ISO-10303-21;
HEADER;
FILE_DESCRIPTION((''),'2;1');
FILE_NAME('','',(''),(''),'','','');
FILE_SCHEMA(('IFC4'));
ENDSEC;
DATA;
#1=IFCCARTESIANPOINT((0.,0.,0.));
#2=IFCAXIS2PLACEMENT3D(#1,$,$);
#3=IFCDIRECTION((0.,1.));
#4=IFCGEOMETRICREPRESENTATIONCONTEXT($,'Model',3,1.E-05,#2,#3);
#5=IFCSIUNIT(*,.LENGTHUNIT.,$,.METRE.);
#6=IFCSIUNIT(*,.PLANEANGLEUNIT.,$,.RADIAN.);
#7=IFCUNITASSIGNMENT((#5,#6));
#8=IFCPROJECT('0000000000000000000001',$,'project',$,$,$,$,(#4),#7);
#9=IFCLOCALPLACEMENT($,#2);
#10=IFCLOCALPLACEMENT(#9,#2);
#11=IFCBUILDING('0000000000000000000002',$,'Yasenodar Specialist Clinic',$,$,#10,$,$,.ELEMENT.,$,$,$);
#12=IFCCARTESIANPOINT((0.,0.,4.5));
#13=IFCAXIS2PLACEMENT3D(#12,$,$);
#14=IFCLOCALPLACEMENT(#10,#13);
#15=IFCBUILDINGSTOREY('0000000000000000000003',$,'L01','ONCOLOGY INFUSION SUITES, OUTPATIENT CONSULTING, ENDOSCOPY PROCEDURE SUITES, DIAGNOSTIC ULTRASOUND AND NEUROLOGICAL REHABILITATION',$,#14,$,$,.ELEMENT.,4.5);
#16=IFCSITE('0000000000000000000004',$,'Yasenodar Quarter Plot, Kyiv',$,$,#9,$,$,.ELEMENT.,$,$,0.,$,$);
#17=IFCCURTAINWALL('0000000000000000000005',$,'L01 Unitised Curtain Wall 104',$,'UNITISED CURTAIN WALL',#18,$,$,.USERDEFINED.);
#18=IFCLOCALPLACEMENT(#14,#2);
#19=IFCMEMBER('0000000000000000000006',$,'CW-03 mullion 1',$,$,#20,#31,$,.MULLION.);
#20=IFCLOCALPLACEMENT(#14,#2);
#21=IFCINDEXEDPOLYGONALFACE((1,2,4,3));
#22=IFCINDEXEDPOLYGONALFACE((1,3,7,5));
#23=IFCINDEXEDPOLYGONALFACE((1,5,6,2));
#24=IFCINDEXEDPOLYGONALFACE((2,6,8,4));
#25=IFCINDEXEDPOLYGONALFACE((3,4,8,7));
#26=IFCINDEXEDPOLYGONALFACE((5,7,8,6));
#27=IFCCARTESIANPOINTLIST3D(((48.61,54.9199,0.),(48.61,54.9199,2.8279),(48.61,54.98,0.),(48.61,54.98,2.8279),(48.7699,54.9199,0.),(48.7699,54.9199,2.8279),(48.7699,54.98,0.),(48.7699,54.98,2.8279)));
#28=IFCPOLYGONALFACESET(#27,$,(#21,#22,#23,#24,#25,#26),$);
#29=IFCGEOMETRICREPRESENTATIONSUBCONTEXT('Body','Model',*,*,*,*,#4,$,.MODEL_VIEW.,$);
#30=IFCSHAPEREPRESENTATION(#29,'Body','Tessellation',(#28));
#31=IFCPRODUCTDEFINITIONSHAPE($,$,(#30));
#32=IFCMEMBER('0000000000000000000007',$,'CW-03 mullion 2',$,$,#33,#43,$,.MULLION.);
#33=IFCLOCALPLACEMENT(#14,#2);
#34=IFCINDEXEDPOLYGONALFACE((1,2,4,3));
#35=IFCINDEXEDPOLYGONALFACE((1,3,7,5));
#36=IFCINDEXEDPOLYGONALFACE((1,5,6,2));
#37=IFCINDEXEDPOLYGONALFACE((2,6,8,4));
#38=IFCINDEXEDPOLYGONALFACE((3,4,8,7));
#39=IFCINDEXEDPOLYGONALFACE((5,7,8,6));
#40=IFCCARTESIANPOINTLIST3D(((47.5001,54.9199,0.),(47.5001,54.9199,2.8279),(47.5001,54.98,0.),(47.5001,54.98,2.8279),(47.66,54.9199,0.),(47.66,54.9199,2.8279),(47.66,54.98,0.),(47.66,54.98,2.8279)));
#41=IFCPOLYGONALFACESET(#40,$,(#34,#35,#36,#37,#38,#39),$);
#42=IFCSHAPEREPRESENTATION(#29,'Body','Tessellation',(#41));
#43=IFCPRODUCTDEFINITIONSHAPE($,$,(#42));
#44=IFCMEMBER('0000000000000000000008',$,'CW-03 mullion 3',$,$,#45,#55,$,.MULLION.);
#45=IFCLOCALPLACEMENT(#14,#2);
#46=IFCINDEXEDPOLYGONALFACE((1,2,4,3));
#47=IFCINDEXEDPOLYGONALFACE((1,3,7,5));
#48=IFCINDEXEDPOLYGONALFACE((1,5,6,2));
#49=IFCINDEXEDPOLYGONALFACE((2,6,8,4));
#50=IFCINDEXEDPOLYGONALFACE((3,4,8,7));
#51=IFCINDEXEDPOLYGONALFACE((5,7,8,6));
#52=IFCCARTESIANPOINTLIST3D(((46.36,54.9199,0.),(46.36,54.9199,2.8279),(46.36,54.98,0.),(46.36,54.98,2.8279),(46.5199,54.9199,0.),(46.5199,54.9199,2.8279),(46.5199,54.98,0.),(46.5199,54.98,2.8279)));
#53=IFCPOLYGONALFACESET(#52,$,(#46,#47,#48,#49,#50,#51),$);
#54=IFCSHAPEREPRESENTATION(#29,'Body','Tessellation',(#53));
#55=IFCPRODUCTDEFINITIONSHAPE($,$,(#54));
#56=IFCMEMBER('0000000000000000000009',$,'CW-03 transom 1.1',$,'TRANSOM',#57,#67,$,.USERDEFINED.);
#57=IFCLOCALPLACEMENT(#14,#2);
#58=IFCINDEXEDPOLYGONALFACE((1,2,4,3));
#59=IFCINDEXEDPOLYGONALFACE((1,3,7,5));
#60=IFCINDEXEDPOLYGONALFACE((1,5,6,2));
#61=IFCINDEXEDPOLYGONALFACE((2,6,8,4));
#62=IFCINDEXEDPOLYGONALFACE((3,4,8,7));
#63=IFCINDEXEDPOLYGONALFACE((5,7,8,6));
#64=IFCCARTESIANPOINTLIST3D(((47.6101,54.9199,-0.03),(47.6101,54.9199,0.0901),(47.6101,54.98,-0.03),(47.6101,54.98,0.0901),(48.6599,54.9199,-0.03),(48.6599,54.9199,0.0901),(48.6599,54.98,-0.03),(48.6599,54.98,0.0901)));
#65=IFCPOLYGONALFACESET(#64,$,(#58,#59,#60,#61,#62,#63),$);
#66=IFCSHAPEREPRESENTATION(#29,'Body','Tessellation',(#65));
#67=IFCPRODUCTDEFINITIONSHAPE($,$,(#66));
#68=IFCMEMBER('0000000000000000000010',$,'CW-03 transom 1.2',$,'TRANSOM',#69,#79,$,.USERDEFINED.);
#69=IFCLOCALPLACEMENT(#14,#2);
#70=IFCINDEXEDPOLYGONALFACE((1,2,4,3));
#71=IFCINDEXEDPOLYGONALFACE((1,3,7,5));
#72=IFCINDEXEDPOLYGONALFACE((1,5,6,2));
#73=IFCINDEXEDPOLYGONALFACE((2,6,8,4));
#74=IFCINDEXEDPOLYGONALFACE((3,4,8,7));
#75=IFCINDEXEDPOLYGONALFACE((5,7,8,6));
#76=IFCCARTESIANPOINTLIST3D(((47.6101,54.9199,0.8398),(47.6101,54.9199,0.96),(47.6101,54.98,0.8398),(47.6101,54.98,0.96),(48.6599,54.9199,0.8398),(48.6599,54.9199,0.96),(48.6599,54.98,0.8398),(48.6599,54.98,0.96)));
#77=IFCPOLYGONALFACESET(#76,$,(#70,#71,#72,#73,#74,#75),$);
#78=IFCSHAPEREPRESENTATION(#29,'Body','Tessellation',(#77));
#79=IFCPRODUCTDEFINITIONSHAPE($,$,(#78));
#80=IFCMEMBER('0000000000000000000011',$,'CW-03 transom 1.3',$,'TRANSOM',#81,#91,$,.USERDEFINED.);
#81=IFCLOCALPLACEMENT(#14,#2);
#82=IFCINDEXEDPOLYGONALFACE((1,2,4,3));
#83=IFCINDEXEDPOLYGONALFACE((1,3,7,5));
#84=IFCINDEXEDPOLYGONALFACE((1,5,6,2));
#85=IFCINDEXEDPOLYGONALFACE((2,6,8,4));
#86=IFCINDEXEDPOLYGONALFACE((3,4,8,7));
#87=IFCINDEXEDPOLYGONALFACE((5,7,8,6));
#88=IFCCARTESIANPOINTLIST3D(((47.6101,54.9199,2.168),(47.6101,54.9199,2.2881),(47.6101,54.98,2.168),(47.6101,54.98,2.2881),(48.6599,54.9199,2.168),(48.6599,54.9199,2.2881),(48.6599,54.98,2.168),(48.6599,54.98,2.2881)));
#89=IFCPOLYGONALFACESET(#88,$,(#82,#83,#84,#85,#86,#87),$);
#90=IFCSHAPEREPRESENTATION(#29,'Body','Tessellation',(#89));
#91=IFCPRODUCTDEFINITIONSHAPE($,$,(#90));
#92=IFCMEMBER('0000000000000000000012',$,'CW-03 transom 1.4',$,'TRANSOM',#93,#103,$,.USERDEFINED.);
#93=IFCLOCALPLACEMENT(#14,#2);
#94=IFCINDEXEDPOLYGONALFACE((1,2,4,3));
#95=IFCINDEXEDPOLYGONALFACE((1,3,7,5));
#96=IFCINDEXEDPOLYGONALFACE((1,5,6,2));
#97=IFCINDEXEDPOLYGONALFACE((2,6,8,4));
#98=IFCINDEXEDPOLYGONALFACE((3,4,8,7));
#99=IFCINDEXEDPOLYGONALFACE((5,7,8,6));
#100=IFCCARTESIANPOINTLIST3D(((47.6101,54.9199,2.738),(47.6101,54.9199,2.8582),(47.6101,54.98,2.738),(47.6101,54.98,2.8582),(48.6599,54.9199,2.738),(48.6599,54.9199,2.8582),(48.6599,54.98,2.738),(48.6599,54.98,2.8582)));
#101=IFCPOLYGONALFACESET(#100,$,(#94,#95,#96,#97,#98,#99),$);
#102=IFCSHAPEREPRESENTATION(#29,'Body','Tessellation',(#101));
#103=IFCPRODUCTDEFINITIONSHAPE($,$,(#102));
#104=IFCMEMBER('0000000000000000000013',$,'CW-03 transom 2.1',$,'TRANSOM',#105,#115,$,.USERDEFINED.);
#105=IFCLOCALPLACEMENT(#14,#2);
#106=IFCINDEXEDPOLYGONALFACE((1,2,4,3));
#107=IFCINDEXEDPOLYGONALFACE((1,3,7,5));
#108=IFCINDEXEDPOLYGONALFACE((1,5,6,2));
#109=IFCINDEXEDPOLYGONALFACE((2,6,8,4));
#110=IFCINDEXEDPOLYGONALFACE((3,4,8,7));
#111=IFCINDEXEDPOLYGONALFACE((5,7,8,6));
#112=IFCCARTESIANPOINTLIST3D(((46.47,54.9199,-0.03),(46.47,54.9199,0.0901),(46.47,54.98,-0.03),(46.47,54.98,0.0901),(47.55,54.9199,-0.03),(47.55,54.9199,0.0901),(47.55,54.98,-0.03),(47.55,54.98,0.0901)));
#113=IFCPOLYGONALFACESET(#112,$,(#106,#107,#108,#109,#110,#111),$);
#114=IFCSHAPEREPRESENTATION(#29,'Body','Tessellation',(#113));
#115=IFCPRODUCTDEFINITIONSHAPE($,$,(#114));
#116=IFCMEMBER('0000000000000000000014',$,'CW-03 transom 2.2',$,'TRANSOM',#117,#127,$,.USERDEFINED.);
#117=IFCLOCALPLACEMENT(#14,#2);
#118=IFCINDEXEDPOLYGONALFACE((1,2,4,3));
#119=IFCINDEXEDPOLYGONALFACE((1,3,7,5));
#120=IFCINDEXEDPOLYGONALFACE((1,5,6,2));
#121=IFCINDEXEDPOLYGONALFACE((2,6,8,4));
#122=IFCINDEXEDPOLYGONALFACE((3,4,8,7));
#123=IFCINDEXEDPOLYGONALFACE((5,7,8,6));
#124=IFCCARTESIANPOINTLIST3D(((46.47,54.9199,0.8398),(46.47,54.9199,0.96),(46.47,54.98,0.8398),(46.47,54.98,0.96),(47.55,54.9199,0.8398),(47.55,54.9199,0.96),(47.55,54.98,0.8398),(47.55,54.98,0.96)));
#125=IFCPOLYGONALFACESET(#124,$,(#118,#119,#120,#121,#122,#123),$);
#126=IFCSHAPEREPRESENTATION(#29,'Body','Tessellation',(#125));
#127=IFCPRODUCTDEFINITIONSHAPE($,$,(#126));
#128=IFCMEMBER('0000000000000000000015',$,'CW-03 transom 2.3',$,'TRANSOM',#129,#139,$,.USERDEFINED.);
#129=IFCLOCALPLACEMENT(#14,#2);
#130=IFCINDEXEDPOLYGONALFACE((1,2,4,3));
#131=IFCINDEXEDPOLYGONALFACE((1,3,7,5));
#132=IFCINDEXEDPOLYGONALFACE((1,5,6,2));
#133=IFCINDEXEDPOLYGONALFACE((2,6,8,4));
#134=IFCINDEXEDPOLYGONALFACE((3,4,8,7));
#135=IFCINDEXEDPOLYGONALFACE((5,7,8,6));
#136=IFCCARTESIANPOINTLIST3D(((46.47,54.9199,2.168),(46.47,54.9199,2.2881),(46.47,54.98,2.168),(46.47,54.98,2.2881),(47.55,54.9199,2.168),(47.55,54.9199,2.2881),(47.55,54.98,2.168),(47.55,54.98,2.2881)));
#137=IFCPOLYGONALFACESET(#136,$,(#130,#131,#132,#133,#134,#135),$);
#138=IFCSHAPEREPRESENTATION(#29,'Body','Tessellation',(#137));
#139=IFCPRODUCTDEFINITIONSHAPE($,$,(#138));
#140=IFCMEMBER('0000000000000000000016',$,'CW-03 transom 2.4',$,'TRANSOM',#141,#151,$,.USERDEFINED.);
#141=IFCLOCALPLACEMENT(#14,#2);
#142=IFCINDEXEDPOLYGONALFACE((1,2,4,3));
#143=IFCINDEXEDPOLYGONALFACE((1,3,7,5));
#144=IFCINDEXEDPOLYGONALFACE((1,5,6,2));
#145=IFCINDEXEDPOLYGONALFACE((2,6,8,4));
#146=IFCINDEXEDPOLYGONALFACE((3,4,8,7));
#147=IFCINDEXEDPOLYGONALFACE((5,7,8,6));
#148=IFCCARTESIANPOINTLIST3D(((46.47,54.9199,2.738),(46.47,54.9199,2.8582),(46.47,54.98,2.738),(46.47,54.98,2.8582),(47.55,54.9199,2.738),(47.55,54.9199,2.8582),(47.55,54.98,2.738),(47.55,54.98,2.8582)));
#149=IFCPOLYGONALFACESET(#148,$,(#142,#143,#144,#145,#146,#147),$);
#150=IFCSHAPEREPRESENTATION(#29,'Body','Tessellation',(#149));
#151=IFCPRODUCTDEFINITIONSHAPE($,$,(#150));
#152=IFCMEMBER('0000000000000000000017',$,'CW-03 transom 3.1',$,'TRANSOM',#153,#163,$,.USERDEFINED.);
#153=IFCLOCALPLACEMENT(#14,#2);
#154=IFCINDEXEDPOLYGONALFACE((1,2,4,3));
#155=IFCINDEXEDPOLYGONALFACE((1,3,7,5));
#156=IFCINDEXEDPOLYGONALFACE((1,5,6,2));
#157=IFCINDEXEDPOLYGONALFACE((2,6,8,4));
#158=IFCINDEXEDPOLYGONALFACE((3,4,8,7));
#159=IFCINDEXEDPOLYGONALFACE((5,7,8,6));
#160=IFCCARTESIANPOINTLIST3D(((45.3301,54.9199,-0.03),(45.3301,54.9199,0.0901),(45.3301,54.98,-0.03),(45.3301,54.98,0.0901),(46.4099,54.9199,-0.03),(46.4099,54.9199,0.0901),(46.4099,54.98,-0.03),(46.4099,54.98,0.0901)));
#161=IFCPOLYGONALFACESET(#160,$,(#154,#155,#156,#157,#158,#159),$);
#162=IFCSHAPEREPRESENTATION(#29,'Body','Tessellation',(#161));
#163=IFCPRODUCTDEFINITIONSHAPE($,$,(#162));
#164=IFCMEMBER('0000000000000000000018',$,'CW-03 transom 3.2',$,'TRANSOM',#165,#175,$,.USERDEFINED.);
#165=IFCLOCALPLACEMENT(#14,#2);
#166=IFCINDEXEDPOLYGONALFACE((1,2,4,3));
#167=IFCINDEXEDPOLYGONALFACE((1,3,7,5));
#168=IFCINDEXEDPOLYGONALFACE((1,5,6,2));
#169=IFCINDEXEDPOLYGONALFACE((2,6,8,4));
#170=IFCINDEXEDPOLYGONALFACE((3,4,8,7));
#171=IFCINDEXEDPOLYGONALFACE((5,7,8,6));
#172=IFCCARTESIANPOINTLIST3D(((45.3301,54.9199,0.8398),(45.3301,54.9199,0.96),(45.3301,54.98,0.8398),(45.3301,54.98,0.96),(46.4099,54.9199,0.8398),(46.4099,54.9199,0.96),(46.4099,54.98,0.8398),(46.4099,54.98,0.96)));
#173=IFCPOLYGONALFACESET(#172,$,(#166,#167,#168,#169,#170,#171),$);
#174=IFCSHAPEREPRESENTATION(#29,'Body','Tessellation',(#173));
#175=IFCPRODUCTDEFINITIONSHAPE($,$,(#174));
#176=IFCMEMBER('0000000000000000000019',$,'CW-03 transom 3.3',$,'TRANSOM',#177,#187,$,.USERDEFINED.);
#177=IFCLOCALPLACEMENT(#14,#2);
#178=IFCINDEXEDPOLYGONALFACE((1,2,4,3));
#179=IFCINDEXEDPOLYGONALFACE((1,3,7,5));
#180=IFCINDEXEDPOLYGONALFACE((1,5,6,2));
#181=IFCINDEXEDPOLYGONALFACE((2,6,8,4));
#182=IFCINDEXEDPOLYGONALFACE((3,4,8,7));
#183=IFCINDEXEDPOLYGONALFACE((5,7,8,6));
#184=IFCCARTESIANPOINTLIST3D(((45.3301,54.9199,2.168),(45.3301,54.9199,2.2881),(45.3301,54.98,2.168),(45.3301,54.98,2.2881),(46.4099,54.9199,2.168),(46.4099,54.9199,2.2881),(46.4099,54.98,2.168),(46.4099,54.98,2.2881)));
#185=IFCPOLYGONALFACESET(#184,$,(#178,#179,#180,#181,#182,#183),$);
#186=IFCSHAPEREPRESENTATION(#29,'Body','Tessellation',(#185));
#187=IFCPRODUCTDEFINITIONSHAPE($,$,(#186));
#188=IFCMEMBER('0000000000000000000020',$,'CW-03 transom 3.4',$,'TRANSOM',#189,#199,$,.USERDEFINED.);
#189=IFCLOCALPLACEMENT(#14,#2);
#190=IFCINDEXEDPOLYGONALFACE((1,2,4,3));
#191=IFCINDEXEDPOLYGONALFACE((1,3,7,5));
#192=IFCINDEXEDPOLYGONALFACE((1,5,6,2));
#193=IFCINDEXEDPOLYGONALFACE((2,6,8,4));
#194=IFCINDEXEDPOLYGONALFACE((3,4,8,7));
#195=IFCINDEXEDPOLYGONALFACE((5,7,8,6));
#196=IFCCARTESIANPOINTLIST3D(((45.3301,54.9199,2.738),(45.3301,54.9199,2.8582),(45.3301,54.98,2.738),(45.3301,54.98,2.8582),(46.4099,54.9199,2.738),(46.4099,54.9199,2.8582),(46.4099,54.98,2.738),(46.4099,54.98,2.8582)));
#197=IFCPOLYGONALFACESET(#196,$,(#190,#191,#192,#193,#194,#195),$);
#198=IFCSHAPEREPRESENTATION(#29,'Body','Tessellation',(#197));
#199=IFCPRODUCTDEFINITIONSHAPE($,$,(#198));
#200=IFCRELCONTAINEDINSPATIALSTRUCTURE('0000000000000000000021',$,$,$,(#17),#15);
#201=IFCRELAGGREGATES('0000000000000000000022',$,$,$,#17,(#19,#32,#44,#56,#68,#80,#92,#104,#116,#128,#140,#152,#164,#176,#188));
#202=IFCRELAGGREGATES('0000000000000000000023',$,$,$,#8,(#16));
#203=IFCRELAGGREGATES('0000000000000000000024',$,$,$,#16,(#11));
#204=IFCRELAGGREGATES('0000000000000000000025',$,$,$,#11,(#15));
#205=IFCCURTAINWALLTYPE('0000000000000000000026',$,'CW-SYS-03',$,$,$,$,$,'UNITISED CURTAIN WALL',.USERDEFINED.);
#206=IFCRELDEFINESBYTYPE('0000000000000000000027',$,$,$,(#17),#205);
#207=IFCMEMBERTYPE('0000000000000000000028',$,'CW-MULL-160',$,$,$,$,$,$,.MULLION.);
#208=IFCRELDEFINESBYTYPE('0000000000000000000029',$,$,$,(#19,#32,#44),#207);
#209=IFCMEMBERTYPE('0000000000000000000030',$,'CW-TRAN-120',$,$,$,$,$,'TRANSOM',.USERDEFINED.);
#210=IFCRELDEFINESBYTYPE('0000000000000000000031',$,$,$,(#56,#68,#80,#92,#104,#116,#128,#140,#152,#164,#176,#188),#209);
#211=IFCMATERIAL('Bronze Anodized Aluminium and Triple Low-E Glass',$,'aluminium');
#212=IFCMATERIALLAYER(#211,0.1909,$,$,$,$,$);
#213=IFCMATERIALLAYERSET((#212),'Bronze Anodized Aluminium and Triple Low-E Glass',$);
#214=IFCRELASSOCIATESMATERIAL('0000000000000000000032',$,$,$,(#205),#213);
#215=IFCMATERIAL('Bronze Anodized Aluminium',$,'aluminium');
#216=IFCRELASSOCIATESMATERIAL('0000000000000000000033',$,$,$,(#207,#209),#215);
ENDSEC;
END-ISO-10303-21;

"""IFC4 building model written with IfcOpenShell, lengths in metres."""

from ifc_helpers import new_model, si_unit, direction, frame, origin, origin_2d, place, context, subcontext, project, spatial, rectangle, extrude, material, layer, layer_set, material_profile, profile_set, type_object, element, aggregate, save


model = new_model("IFC4")

# Units and contexts
model_context = context("Model", 3, precision=1e-05, world=origin(), true_north=direction((0.0, 1.0)))
body_context = subcontext(model_context, "Body", "Model", "MODEL_VIEW")
ifc_project = project(units=[si_unit("LENGTHUNIT", "METRE"), si_unit("PLANEANGLEUNIT", "RADIAN")], contexts=[model_context])

# Site, building, storey
site_placement = place(None, origin())
site = spatial("IfcSite", under=ifc_project, at=site_placement, Name="Yasenodar Quarter Plot, Kyiv", CompositionType="ELEMENT", RefElevation=0.0)
building_placement = place(site_placement, origin())
building = spatial("IfcBuilding", under=site, at=building_placement, Name="Yasenodar Specialist Clinic", CompositionType="ELEMENT")
storey_placement = place(building_placement, frame((0.0, 0.0, 4.5)))
storey = spatial("IfcBuildingStorey", under=building, at=storey_placement, Name="L01", Description="ONCOLOGY INFUSION SUITES, OUTPATIENT CONSULTING, ENDOSCOPY PROCEDURE SUITES, DIAGNOSTIC ULTRASOUND AND NEUROLOGICAL REHABILITATION", CompositionType="ELEMENT", Elevation=4.5)

# Curtain wall, members
ifc_material_1 = material(Name="Bronze Anodized Aluminium and Triple Low-E Glass", Category="aluminium")
ifc_layer_1 = layer(ifc_material_1, 0.1909)
ifc_layer_set_1 = layer_set([ifc_layer_1], Name="Bronze Anodized Aluminium and Triple Low-E Glass")
curtain_wall_type = type_object("IfcCurtainWallType", Name="CW-SYS-03", ElementType="UNITISED CURTAIN WALL", PredefinedType="USERDEFINED", material=ifc_layer_set_1)
curtain_wall_placement = place(storey_placement, origin())
curtain_wall = element("IfcCurtainWall", 1, at=curtain_wall_placement, inside=storey, type_object=curtain_wall_type, Name="L01 Unitised Curtain Wall 104", ObjectType="UNITISED CURTAIN WALL", PredefinedType="USERDEFINED")
ifc_material_2 = material(Name="Bronze Anodized Aluminium", Category="aluminium")
ifc_material_profile_1 = material_profile(ifc_material_2, rectangle(XDim=0.0601, YDim=0.1599, at=origin_2d()), Name="CW-MULL 60x160")
ifc_profile_set_1 = profile_set([ifc_material_profile_1], Name="Bronze Anodized Aluminium")
member_type_1 = type_object("IfcMemberType", Name="CW-MULL-160", PredefinedType="MULLION", material=ifc_profile_set_1)
member_1_placement = place(storey_placement, frame((48.6899, 54.95, 0.0), z_axis=(0.0, 0.0, 1.0), x_axis=(0.0, -1.0, 0.0)))
member_1 = element("IfcMember", 2, at=member_1_placement, type_object=member_type_1, Name="CW-03 mullion 1", PredefinedType="MULLION", context=body_context, shape_type="SweptSolid", body=[
    extrude(rectangle(XDim=0.0601, YDim=0.1599, at=origin_2d()), origin(), (0.0, 0.0, 1.0), 2.8279),
])
member_2_placement = place(storey_placement, frame((47.5801, 54.95, 0.0), z_axis=(0.0, 0.0, 1.0), x_axis=(0.0, -1.0, 0.0)))
member_2 = element("IfcMember", 3, at=member_2_placement, type_object=member_type_1, Name="CW-03 mullion 2", PredefinedType="MULLION", context=body_context, shape_type="SweptSolid", body=[
    extrude(rectangle(XDim=0.0601, YDim=0.1599, at=origin_2d()), origin(), (0.0, 0.0, 1.0), 2.8279),
])
member_3_placement = place(storey_placement, frame((46.4399, 54.95, 0.0), z_axis=(0.0, 0.0, 1.0), x_axis=(0.0, -1.0, 0.0)))
member_3 = element("IfcMember", 4, at=member_3_placement, type_object=member_type_1, Name="CW-03 mullion 3", PredefinedType="MULLION", context=body_context, shape_type="SweptSolid", body=[
    extrude(rectangle(XDim=0.0601, YDim=0.1599, at=origin_2d()), origin(), (0.0, 0.0, 1.0), 2.8279),
])
ifc_material_profile_2 = material_profile(ifc_material_2, rectangle(XDim=0.0601, YDim=0.1201, at=origin_2d()), Name="CW-TRAN 60x120")
ifc_profile_set_2 = profile_set([ifc_material_profile_2], Name="Bronze Anodized Aluminium")
member_type_2 = type_object("IfcMemberType", Name="CW-TRAN-120", ElementType="TRANSOM", PredefinedType="USERDEFINED", material=ifc_profile_set_2)
member_4_placement = place(storey_placement, frame((48.6599, 54.95, 0.03), z_axis=(-1.0, 0.0, 0.0), x_axis=(0.0, -1.0, 0.0)))
member_4 = element("IfcMember", 5, at=member_4_placement, type_object=member_type_2, Name="CW-03 transom 1.1", ObjectType="TRANSOM", PredefinedType="USERDEFINED", context=body_context, shape_type="SweptSolid", body=[
    extrude(rectangle(XDim=0.0601, YDim=0.1201, at=origin_2d()), origin(), (0.0, 0.0, 1.0), 1.0498),
])
member_5_placement = place(storey_placement, frame((48.6599, 54.95, 0.8999), z_axis=(-1.0, 0.0, 0.0), x_axis=(0.0, -1.0, 0.0)))
member_5 = element("IfcMember", 6, at=member_5_placement, type_object=member_type_2, Name="CW-03 transom 1.2", ObjectType="TRANSOM", PredefinedType="USERDEFINED", context=body_context, shape_type="SweptSolid", body=[
    extrude(rectangle(XDim=0.0601, YDim=0.1201, at=origin_2d()), origin(), (0.0, 0.0, 1.0), 1.0498),
])
member_6_placement = place(storey_placement, frame((48.6599, 54.95, 2.228), z_axis=(-1.0, 0.0, 0.0), x_axis=(0.0, -1.0, 0.0)))
member_6 = element("IfcMember", 7, at=member_6_placement, type_object=member_type_2, Name="CW-03 transom 1.3", ObjectType="TRANSOM", PredefinedType="USERDEFINED", context=body_context, shape_type="SweptSolid", body=[
    extrude(rectangle(XDim=0.0601, YDim=0.1201, at=origin_2d()), origin(), (0.0, 0.0, 1.0), 1.0498),
])
member_7_placement = place(storey_placement, frame((48.6599, 54.95, 2.7981), z_axis=(-1.0, 0.0, 0.0), x_axis=(0.0, -1.0, 0.0)))
member_7 = element("IfcMember", 8, at=member_7_placement, type_object=member_type_2, Name="CW-03 transom 1.4", ObjectType="TRANSOM", PredefinedType="USERDEFINED", context=body_context, shape_type="SweptSolid", body=[
    extrude(rectangle(XDim=0.0601, YDim=0.1201, at=origin_2d()), origin(), (0.0, 0.0, 1.0), 1.0498),
])
member_8_placement = place(storey_placement, frame((47.55, 54.95, 0.03), z_axis=(-1.0, 0.0, 0.0), x_axis=(0.0, -1.0, 0.0)))
member_8 = element("IfcMember", 9, at=member_8_placement, type_object=member_type_2, Name="CW-03 transom 2.1", ObjectType="TRANSOM", PredefinedType="USERDEFINED", context=body_context, shape_type="SweptSolid", body=[
    extrude(rectangle(XDim=0.0601, YDim=0.1201, at=origin_2d()), origin(), (0.0, 0.0, 1.0), 1.0801),
])
member_9_placement = place(storey_placement, frame((47.55, 54.95, 0.8999), z_axis=(-1.0, 0.0, 0.0), x_axis=(0.0, -1.0, 0.0)))
member_9 = element("IfcMember", 10, at=member_9_placement, type_object=member_type_2, Name="CW-03 transom 2.2", ObjectType="TRANSOM", PredefinedType="USERDEFINED", context=body_context, shape_type="SweptSolid", body=[
    extrude(rectangle(XDim=0.0601, YDim=0.1201, at=origin_2d()), origin(), (0.0, 0.0, 1.0), 1.0801),
])
member_10_placement = place(storey_placement, frame((47.55, 54.95, 2.228), z_axis=(-1.0, 0.0, 0.0), x_axis=(0.0, -1.0, 0.0)))
member_10 = element("IfcMember", 11, at=member_10_placement, type_object=member_type_2, Name="CW-03 transom 2.3", ObjectType="TRANSOM", PredefinedType="USERDEFINED", context=body_context, shape_type="SweptSolid", body=[
    extrude(rectangle(XDim=0.0601, YDim=0.1201, at=origin_2d()), origin(), (0.0, 0.0, 1.0), 1.0801),
])
member_11_placement = place(storey_placement, frame((47.55, 54.95, 2.7981), z_axis=(-1.0, 0.0, 0.0), x_axis=(0.0, -1.0, 0.0)))
member_11 = element("IfcMember", 12, at=member_11_placement, type_object=member_type_2, Name="CW-03 transom 2.4", ObjectType="TRANSOM", PredefinedType="USERDEFINED", context=body_context, shape_type="SweptSolid", body=[
    extrude(rectangle(XDim=0.0601, YDim=0.1201, at=origin_2d()), origin(), (0.0, 0.0, 1.0), 1.0801),
])
member_12_placement = place(storey_placement, frame((46.4099, 54.95, 0.03), z_axis=(-1.0, 0.0, 0.0), x_axis=(0.0, -1.0, 0.0)))
member_12 = element("IfcMember", 13, at=member_12_placement, type_object=member_type_2, Name="CW-03 transom 3.1", ObjectType="TRANSOM", PredefinedType="USERDEFINED", context=body_context, shape_type="SweptSolid", body=[
    extrude(rectangle(XDim=0.0601, YDim=0.1201, at=origin_2d()), origin(), (0.0, 0.0, 1.0), 1.0798),
])
member_13_placement = place(storey_placement, frame((46.4099, 54.95, 0.8999), z_axis=(-1.0, 0.0, 0.0), x_axis=(0.0, -1.0, 0.0)))
member_13 = element("IfcMember", 14, at=member_13_placement, type_object=member_type_2, Name="CW-03 transom 3.2", ObjectType="TRANSOM", PredefinedType="USERDEFINED", context=body_context, shape_type="SweptSolid", body=[
    extrude(rectangle(XDim=0.0601, YDim=0.1201, at=origin_2d()), origin(), (0.0, 0.0, 1.0), 1.0798),
])
member_14_placement = place(storey_placement, frame((46.4099, 54.95, 2.228), z_axis=(-1.0, 0.0, 0.0), x_axis=(0.0, -1.0, 0.0)))
member_14 = element("IfcMember", 15, at=member_14_placement, type_object=member_type_2, Name="CW-03 transom 3.3", ObjectType="TRANSOM", PredefinedType="USERDEFINED", context=body_context, shape_type="SweptSolid", body=[
    extrude(rectangle(XDim=0.0601, YDim=0.1201, at=origin_2d()), origin(), (0.0, 0.0, 1.0), 1.0798),
])
member_15_placement = place(storey_placement, frame((46.4099, 54.95, 2.7981), z_axis=(-1.0, 0.0, 0.0), x_axis=(0.0, -1.0, 0.0)))
member_15 = element("IfcMember", 16, at=member_15_placement, type_object=member_type_2, Name="CW-03 transom 3.4", ObjectType="TRANSOM", PredefinedType="USERDEFINED", context=body_context, shape_type="SweptSolid", body=[
    extrude(rectangle(XDim=0.0601, YDim=0.1201, at=origin_2d()), origin(), (0.0, 0.0, 1.0), 1.0798),
])
aggregate(curtain_wall, [member_1, member_2, member_3, member_4, member_5, member_6, member_7, member_8, member_9, member_10, member_11, member_12, member_13, member_14, member_15])

save(model, "model.ifc")
